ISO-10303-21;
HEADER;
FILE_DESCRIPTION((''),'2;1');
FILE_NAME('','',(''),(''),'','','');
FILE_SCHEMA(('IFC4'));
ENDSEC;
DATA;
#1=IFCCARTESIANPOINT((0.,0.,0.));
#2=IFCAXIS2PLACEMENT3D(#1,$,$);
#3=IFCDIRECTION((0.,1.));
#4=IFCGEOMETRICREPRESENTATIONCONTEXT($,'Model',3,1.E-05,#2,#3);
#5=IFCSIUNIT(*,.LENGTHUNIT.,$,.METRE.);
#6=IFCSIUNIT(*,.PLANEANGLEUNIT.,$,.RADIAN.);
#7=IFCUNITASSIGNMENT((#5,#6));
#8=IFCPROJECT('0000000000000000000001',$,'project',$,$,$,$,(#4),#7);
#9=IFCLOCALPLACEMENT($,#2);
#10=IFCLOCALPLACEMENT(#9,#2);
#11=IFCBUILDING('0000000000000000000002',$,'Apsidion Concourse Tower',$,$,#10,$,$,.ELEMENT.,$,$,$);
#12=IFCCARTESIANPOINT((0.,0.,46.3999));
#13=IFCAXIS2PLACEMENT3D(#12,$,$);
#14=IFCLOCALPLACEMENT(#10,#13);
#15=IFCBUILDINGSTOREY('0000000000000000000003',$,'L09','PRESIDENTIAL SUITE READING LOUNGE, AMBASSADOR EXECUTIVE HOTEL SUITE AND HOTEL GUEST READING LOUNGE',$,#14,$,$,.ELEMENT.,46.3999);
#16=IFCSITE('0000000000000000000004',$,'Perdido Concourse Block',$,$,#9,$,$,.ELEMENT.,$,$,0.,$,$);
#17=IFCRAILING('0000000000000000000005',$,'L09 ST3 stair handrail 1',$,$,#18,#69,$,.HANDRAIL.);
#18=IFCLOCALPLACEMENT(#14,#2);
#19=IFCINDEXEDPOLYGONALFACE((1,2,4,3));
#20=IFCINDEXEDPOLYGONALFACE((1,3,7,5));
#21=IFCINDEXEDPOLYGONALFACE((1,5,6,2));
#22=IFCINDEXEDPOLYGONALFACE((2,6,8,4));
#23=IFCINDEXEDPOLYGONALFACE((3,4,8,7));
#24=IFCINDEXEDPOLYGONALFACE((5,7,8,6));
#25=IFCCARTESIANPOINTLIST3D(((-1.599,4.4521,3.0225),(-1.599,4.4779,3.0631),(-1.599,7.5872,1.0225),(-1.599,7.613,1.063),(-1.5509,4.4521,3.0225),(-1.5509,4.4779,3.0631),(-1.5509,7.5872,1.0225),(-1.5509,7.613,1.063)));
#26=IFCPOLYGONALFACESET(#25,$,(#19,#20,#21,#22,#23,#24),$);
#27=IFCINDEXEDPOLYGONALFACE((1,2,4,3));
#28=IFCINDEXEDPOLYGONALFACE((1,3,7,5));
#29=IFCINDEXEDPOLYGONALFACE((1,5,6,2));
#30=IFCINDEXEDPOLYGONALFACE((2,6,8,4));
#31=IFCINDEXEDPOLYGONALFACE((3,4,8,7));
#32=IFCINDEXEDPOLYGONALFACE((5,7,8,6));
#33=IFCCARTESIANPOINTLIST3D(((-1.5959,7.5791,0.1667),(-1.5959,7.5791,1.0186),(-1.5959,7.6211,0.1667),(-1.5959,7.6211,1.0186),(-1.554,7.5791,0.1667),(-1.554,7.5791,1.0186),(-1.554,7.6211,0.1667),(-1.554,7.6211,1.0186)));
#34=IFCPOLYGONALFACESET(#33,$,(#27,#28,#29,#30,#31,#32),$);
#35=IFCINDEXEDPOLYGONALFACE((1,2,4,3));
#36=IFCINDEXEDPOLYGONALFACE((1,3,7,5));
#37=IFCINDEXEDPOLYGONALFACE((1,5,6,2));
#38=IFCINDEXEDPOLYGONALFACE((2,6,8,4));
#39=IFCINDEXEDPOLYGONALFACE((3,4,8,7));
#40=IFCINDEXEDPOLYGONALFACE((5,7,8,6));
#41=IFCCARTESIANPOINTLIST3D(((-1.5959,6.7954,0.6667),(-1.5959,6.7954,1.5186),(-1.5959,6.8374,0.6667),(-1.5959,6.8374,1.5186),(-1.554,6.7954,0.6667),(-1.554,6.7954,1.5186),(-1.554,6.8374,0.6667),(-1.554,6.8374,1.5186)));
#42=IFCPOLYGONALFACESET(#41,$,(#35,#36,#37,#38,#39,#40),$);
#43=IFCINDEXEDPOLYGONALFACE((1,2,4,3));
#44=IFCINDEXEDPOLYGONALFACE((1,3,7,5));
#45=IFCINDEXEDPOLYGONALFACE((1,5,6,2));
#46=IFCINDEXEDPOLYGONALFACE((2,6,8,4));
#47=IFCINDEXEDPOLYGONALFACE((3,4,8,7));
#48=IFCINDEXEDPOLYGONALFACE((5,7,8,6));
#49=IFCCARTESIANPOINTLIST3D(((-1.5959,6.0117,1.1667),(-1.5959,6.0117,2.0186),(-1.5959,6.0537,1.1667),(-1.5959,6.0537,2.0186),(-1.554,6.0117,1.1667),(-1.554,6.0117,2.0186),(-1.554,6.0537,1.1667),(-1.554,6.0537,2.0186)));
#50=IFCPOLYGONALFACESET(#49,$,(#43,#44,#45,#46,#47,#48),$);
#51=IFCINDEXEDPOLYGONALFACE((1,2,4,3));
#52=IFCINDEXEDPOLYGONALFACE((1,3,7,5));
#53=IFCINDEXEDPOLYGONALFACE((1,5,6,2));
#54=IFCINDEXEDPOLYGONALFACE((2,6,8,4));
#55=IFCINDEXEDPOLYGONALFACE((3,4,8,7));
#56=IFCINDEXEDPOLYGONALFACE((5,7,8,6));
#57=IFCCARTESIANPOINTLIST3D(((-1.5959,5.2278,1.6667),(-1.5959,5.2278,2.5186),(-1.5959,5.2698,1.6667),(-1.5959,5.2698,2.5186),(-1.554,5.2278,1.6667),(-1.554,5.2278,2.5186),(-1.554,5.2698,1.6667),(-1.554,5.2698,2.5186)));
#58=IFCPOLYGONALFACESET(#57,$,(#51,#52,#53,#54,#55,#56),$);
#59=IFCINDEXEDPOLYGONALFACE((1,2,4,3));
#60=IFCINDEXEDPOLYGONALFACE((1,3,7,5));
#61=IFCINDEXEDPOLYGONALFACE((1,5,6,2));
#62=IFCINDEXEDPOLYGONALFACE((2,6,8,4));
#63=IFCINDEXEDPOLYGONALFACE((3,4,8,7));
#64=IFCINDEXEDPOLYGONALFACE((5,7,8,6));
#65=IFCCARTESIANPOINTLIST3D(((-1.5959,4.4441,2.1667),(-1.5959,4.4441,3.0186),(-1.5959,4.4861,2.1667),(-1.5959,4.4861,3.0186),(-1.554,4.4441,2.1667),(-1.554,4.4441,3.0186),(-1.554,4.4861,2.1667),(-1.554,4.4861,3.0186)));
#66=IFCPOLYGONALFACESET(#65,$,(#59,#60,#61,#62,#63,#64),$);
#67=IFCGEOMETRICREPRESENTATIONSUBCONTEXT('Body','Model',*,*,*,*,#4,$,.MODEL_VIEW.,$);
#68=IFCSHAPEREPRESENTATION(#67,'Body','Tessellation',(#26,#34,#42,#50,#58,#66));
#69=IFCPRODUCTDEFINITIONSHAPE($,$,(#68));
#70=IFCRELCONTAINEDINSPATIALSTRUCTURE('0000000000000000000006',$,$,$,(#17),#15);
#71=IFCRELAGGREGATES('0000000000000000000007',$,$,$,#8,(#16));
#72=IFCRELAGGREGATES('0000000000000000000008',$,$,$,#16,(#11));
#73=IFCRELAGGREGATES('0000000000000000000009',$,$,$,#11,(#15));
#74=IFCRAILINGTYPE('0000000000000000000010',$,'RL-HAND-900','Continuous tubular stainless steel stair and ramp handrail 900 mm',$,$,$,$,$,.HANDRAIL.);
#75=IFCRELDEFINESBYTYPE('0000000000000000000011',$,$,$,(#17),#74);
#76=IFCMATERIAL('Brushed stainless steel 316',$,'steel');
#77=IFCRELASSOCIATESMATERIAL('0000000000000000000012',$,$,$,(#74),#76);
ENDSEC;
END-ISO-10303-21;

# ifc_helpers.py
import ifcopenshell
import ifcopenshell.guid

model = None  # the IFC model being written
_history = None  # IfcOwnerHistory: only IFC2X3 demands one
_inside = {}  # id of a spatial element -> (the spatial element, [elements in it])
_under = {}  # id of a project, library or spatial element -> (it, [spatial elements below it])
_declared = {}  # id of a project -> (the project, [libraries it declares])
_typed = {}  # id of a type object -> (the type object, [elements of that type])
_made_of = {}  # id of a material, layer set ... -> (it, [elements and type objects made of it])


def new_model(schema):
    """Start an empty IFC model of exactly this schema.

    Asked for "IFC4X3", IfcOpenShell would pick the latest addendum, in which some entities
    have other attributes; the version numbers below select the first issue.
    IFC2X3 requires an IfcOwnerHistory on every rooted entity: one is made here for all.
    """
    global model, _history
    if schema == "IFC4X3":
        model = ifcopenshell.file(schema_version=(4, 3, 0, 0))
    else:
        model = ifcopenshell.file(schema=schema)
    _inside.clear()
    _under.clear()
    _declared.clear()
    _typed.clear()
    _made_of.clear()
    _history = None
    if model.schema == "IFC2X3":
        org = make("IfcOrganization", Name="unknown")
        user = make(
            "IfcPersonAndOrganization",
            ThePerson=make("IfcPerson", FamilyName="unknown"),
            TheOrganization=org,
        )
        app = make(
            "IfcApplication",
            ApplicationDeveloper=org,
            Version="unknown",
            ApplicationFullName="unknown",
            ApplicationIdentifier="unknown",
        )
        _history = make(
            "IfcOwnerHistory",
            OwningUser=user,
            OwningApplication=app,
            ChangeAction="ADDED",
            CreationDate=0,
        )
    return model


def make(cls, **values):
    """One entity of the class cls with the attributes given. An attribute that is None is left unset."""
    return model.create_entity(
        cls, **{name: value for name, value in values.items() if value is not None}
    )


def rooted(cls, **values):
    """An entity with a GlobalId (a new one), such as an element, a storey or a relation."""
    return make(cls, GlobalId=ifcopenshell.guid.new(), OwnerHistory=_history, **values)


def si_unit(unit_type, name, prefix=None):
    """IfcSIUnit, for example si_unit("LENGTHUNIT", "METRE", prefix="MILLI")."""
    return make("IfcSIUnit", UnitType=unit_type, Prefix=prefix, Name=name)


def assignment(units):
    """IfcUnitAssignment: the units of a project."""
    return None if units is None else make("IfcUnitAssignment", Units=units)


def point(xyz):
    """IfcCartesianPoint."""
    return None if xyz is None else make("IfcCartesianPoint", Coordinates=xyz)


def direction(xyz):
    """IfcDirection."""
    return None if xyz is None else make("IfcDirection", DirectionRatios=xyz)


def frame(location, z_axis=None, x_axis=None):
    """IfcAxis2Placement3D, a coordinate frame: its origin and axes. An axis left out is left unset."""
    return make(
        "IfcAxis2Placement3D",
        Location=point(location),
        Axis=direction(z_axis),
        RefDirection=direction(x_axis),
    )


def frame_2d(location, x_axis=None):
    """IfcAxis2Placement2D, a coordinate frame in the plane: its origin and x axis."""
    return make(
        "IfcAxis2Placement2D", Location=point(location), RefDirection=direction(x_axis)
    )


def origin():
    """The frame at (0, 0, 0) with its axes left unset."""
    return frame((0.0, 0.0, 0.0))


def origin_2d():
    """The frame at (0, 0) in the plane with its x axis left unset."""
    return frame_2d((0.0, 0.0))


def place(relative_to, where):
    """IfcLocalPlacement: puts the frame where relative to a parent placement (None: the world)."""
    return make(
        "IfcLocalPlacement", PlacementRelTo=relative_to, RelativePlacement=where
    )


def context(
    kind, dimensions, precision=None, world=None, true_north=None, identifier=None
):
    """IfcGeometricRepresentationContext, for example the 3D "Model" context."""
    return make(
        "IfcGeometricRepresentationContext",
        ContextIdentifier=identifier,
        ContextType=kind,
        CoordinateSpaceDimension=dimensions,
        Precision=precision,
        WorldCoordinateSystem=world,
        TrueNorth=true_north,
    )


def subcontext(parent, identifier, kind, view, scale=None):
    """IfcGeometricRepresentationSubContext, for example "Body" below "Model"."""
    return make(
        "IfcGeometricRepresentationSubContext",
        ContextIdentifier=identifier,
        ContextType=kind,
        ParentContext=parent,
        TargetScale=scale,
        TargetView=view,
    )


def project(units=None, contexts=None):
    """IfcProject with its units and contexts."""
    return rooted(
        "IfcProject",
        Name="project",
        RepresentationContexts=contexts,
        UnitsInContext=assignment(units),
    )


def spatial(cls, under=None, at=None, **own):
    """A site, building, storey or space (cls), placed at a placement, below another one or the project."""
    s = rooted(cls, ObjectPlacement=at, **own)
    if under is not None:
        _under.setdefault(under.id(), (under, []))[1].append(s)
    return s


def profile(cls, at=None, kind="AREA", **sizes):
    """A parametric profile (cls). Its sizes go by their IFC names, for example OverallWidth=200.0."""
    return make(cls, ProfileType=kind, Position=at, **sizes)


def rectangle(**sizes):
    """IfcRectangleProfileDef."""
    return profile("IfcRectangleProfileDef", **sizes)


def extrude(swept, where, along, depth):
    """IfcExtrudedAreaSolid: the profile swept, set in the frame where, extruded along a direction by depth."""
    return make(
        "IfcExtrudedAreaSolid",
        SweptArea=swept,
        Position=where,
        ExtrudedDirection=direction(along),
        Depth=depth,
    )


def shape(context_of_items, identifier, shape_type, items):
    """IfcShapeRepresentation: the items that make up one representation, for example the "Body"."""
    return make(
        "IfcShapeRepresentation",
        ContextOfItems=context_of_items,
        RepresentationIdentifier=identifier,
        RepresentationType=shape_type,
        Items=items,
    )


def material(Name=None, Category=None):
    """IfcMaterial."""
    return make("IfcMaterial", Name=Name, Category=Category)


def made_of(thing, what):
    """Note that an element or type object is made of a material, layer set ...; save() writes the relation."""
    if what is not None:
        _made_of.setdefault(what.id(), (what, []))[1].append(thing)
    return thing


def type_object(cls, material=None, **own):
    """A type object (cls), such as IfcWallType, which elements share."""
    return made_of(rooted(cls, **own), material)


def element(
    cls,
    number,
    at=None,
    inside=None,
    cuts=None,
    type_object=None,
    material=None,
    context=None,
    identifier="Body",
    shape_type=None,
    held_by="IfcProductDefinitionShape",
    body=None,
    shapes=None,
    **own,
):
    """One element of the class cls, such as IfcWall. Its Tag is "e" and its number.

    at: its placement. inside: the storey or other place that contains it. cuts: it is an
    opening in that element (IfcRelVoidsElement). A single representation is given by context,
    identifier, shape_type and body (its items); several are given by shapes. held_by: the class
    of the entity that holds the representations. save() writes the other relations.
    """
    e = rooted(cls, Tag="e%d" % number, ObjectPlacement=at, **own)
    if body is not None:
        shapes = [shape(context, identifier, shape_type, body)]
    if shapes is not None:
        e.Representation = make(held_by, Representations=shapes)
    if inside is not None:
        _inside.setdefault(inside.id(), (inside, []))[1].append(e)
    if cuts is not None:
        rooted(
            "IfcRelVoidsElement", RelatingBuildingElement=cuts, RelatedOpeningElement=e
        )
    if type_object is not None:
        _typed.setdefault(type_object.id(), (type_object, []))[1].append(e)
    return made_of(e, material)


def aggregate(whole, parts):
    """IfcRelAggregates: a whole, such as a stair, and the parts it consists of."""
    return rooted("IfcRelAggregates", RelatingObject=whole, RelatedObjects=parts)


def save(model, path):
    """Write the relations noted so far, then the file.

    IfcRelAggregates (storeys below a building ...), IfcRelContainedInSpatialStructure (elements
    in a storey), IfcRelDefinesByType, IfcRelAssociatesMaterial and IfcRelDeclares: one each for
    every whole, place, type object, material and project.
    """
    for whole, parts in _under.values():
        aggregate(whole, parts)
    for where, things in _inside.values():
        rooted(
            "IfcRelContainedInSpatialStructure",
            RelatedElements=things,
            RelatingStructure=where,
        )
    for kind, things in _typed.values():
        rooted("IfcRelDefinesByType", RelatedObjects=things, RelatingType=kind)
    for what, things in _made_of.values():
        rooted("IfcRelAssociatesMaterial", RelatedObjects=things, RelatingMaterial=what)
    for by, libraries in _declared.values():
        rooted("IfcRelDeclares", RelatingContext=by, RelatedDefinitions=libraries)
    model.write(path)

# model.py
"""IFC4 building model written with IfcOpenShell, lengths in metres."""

from ifc_helpers import new_model, si_unit, direction, frame, origin, origin_2d, place, context, subcontext, project, spatial, rectangle, extrude, material, type_object, element, save


model = new_model("IFC4")

# Units and contexts
model_context = context("Model", 3, precision=1e-05, world=origin(), true_north=direction((0.0, 1.0)))
body_context = subcontext(model_context, "Body", "Model", "MODEL_VIEW")
ifc_project = project(units=[si_unit("LENGTHUNIT", "METRE"), si_unit("PLANEANGLEUNIT", "RADIAN")], contexts=[model_context])

# Site, building, storey
site_placement = place(None, origin())
site = spatial("IfcSite", under=ifc_project, at=site_placement, Name="Perdido Concourse Block", CompositionType="ELEMENT", RefElevation=0.0)
building_placement = place(site_placement, origin())
building = spatial("IfcBuilding", under=site, at=building_placement, Name="Apsidion Concourse Tower", CompositionType="ELEMENT")
storey_placement = place(building_placement, frame((0.0, 0.0, 46.3999)))
storey = spatial("IfcBuildingStorey", under=building, at=storey_placement, Name="L09", Description="PRESIDENTIAL SUITE READING LOUNGE, AMBASSADOR EXECUTIVE HOTEL SUITE AND HOTEL GUEST READING LOUNGE", CompositionType="ELEMENT", Elevation=46.3999)

# Shared definitions
ifc_material_1 = material(Name="Brushed stainless steel 316", Category="steel")

# Railing
railing_type_1 = type_object("IfcRailingType", Name="RL-HAND-900", Description="Continuous tubular stainless steel stair and ramp handrail 900 mm", PredefinedType="HANDRAIL", material=ifc_material_1)
railing_1_placement = place(storey_placement, frame((-1.575, 7.6001, 0.1667)))
element("IfcRailing", 1, at=railing_1_placement, inside=storey, type_object=railing_type_1, Name="L09 ST3 stair handrail 1", PredefinedType="HANDRAIL", context=body_context, shape_type="SweptSolid", body=[
    extrude(rectangle(XDim=0.0481, YDim=0.0481, at=origin_2d()), frame((0.0, 0.0, 0.876), z_axis=(0.0, -0.843053, 0.537831), x_axis=(1.0, 0.0, 0.0)), (0.0, 0.0, 1.0), 3.7188),
    extrude(rectangle(XDim=0.042, YDim=0.042, at=origin_2d()), origin(), (0.0, 0.0, 1.0), 0.8518),
    extrude(rectangle(XDim=0.042, YDim=0.042, at=origin_2d()), frame((0.0, -0.7837, 0.5)), (0.0, 0.0, 1.0), 0.8518),
    extrude(rectangle(XDim=0.042, YDim=0.042, at=origin_2d()), frame((0.0, -1.5674, 1.0)), (0.0, 0.0, 1.0), 0.8518),
    extrude(rectangle(XDim=0.042, YDim=0.042, at=origin_2d()), frame((0.0, -2.3513, 1.5)), (0.0, 0.0, 1.0), 0.8518),
    extrude(rectangle(XDim=0.042, YDim=0.042, at=origin_2d()), frame((0.0, -3.135, 2.0)), (0.0, 0.0, 1.0), 0.8518),
])

save(model, "model.ifc")
